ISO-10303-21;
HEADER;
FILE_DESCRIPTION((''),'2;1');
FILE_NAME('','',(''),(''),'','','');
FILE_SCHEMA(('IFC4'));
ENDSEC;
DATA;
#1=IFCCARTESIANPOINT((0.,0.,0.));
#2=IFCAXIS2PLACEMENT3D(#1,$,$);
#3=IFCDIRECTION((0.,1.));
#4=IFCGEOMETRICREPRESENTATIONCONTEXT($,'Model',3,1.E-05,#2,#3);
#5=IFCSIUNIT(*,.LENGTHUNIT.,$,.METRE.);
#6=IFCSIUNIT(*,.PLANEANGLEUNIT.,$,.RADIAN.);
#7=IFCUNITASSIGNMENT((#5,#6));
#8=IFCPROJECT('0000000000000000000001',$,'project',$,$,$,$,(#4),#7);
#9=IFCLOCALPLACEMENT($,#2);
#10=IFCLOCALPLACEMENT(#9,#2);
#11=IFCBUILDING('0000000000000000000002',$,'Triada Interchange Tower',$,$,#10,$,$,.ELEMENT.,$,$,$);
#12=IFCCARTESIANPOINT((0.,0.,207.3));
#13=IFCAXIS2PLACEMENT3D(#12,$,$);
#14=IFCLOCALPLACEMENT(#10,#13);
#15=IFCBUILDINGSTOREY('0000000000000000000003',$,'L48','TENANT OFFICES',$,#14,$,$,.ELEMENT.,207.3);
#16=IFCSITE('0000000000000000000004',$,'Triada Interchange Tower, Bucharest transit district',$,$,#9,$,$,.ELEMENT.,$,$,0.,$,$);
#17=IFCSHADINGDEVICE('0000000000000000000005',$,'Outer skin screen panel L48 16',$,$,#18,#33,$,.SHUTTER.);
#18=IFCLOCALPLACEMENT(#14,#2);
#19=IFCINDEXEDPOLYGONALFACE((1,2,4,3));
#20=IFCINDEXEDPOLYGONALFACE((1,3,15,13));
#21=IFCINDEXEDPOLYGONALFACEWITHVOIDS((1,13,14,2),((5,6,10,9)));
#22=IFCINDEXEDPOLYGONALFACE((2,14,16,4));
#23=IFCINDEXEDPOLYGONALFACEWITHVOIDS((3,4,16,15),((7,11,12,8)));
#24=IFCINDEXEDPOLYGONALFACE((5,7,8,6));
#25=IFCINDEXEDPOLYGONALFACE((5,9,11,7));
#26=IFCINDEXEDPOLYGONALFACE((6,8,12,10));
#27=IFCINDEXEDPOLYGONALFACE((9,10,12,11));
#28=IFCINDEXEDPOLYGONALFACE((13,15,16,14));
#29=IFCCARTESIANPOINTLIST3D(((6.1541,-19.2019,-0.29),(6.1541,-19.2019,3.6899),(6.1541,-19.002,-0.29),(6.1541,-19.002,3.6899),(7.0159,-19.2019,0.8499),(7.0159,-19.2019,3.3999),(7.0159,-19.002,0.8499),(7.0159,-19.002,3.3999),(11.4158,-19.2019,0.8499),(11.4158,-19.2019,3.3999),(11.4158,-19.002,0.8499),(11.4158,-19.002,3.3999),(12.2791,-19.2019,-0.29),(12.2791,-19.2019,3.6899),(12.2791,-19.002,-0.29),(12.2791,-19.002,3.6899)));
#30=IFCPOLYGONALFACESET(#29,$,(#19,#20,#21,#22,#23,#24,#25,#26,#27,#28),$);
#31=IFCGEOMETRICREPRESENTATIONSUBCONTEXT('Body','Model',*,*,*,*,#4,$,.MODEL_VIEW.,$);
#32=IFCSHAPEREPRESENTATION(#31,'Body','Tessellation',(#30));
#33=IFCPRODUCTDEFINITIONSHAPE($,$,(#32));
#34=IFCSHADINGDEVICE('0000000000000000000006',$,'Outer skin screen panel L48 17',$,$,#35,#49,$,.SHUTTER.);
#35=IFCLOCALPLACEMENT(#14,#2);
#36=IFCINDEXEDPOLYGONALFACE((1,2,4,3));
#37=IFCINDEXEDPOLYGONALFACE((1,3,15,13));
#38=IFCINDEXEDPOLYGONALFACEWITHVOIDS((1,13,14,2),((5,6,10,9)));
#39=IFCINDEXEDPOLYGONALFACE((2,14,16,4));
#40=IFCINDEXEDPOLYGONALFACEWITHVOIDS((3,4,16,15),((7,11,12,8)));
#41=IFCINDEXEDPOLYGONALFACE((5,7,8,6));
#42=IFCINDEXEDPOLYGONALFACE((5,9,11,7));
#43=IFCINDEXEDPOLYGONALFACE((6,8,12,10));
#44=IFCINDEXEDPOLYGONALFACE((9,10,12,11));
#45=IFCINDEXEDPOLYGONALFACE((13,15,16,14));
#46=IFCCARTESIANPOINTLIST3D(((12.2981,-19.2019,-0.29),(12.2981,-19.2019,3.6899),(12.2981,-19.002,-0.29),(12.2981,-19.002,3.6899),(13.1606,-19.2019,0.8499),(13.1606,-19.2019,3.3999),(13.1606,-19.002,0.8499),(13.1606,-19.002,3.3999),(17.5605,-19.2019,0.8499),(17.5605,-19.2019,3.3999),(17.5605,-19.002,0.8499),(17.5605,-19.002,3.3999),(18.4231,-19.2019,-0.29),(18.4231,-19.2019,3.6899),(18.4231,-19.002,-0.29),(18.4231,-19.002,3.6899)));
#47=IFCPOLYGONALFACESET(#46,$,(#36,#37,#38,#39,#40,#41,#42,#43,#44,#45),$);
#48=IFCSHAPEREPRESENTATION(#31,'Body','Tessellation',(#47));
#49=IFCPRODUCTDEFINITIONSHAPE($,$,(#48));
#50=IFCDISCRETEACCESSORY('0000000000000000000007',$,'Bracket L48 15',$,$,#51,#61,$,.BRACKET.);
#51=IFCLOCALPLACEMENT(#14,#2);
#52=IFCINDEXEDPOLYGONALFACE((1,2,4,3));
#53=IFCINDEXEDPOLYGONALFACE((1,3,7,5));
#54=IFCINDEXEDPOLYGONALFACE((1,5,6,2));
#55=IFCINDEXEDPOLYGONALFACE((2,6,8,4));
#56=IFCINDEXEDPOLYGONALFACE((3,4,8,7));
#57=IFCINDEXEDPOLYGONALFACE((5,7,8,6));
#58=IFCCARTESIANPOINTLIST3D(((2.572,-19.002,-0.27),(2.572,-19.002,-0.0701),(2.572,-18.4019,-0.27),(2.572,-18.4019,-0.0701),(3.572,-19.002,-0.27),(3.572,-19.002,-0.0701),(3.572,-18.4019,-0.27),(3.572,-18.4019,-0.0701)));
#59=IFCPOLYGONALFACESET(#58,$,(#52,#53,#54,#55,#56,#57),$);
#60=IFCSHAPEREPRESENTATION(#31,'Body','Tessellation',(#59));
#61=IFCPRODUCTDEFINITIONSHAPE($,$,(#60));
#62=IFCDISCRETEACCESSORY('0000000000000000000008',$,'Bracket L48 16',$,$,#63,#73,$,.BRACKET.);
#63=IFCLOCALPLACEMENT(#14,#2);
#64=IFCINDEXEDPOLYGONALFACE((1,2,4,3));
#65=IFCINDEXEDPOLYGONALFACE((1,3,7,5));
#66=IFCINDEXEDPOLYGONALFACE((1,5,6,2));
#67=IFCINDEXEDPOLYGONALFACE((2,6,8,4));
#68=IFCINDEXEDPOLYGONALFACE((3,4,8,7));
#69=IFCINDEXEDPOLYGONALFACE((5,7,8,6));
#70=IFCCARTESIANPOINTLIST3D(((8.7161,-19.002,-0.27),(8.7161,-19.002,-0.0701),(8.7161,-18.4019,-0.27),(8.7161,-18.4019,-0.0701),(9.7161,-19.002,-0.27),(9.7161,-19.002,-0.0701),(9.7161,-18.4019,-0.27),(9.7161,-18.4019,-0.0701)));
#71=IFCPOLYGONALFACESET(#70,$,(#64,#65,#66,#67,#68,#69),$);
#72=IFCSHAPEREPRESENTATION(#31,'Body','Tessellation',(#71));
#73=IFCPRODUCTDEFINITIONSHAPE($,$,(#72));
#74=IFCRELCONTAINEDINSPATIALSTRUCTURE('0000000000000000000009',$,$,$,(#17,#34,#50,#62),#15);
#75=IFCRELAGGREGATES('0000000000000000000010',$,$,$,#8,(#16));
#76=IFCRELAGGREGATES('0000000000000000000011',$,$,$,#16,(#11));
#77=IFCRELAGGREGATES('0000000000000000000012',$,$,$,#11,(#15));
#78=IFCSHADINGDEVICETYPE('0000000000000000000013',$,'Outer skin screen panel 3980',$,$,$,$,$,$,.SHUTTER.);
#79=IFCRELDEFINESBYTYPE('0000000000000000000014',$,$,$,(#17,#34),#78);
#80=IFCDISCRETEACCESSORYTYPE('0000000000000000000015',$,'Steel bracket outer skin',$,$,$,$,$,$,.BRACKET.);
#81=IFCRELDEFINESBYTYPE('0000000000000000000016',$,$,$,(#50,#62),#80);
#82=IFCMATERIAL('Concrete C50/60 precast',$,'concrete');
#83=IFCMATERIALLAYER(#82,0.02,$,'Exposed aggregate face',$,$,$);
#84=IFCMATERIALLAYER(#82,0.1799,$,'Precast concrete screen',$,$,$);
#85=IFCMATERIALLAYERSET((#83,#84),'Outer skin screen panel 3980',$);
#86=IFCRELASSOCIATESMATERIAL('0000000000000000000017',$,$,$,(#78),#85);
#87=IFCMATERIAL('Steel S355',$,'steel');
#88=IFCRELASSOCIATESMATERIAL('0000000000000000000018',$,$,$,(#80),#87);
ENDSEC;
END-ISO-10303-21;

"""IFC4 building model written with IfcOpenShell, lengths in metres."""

from ifc_helpers import new_model, si_unit, direction, frame, origin, origin_2d, place, context, subcontext, project, spatial, polyline, rectangle, outline, extrude, material, layer, layer_set, type_object, element, save


model = new_model("IFC4")

# Units and contexts
model_context = context("Model", 3, precision=1e-05, world=origin(), true_north=direction((0.0, 1.0)))
body_context = subcontext(model_context, "Body", "Model", "MODEL_VIEW")
ifc_project = project(units=[si_unit("LENGTHUNIT", "METRE"), si_unit("PLANEANGLEUNIT", "RADIAN")], contexts=[model_context])

# Site, building, storey
site_placement = place(None, origin())
site = spatial("IfcSite", under=ifc_project, at=site_placement, Name="Triada Interchange Tower, Bucharest transit district", CompositionType="ELEMENT", RefElevation=0.0)
building_placement = place(site_placement, origin())
building = spatial("IfcBuilding", under=site, at=building_placement, Name="Triada Interchange Tower", CompositionType="ELEMENT")
storey_placement = place(building_placement, frame((0.0, 0.0, 207.3)))
storey = spatial("IfcBuildingStorey", under=building, at=storey_placement, Name="L48", Description="TENANT OFFICES", CompositionType="ELEMENT", Elevation=207.3)

# Shading devices
ifc_material_1 = material(Name="Concrete C50/60 precast", Category="concrete")
ifc_layer_1 = layer(ifc_material_1, 0.02, Name="Exposed aggregate face")
ifc_layer_2 = layer(ifc_material_1, 0.1799, Name="Precast concrete screen")
ifc_layer_set_1 = layer_set([ifc_layer_1, ifc_layer_2], Name="Outer skin screen panel 3980")
shading_device_type = type_object("IfcShadingDeviceType", Name="Outer skin screen panel 3980", PredefinedType="SHUTTER", material=ifc_layer_set_1)
shading_device_1_placement = place(storey_placement, frame((6.1541, -19.002, -0.29), z_axis=(0.0, 0.0, 1.0), x_axis=(1.0, 0.0, 0.0)))
element("IfcShadingDevice", 1, at=shading_device_1_placement, inside=storey, type_object=shading_device_type, Name="Outer skin screen panel L48 16", PredefinedType="SHUTTER", context=body_context, shape_type="SweptSolid", body=[
    extrude(outline(polyline([(0.0, 0.0), (6.125, 0.0), (6.125, 3.98), (0.0, 3.98), (0.0, 0.0)]), holes=[polyline([(0.8618, 1.1399), (0.8618, 3.6899), (5.2617, 3.6899), (5.2617, 1.1399), (0.8618, 1.1399)])]), frame((0.0, 0.0, 0.0), z_axis=(0.0, -1.0, 0.0), x_axis=(1.0, 0.0, 0.0)), (0.0, 0.0, 1.0), 0.2),
])
shading_device_2_placement = place(storey_placement, frame((12.2981, -19.002, -0.29), z_axis=(0.0, 0.0, 1.0), x_axis=(1.0, 0.0, 0.0)))
element("IfcShadingDevice", 2, at=shading_device_2_placement, inside=storey, type_object=shading_device_type, Name="Outer skin screen panel L48 17", PredefinedType="SHUTTER", context=body_context, shape_type="SweptSolid", body=[
    extrude(outline(polyline([(0.0, 0.0), (6.125, 0.0), (6.125, 3.98), (0.0, 3.98), (0.0, 0.0)]), holes=[polyline([(0.8625, 1.1399), (0.8625, 3.6899), (5.2625, 3.6899), (5.2625, 1.1399), (0.8625, 1.1399)])]), frame((0.0, 0.0, 0.0), z_axis=(0.0, -1.0, 0.0), x_axis=(1.0, 0.0, 0.0)), (0.0, 0.0, 1.0), 0.2),
])

# Discrete accessories
ifc_material_2 = material(Name="Steel S355", Category="steel")
discrete_accessory_type = type_object("IfcDiscreteAccessoryType", Name="Steel bracket outer skin", PredefinedType="BRACKET", material=ifc_material_2)
for number, where, z_axis, x_axis, name in (
    (3, (3.072, -18.7019, -0.27), (0.0, 0.0, 1.0), (0.0, -1.0, 0.0), "Bracket L48 15"),
    (4, (9.2161, -18.7019, -0.27), (0.0, 0.0, 1.0), (0.0, -1.0, 0.0), "Bracket L48 16"),
):
    element("IfcDiscreteAccessory", number, at=place(storey_placement, frame(where, z_axis=z_axis, x_axis=x_axis)), inside=storey, type_object=discrete_accessory_type, Name=name, PredefinedType="BRACKET", context=body_context, shape_type="SweptSolid", body=[
        extrude(rectangle(XDim=0.6001, YDim=1.0, at=origin_2d()), origin(), (0.0, 0.0, 1.0), 0.2),
    ])

save(model, "model.ifc")
